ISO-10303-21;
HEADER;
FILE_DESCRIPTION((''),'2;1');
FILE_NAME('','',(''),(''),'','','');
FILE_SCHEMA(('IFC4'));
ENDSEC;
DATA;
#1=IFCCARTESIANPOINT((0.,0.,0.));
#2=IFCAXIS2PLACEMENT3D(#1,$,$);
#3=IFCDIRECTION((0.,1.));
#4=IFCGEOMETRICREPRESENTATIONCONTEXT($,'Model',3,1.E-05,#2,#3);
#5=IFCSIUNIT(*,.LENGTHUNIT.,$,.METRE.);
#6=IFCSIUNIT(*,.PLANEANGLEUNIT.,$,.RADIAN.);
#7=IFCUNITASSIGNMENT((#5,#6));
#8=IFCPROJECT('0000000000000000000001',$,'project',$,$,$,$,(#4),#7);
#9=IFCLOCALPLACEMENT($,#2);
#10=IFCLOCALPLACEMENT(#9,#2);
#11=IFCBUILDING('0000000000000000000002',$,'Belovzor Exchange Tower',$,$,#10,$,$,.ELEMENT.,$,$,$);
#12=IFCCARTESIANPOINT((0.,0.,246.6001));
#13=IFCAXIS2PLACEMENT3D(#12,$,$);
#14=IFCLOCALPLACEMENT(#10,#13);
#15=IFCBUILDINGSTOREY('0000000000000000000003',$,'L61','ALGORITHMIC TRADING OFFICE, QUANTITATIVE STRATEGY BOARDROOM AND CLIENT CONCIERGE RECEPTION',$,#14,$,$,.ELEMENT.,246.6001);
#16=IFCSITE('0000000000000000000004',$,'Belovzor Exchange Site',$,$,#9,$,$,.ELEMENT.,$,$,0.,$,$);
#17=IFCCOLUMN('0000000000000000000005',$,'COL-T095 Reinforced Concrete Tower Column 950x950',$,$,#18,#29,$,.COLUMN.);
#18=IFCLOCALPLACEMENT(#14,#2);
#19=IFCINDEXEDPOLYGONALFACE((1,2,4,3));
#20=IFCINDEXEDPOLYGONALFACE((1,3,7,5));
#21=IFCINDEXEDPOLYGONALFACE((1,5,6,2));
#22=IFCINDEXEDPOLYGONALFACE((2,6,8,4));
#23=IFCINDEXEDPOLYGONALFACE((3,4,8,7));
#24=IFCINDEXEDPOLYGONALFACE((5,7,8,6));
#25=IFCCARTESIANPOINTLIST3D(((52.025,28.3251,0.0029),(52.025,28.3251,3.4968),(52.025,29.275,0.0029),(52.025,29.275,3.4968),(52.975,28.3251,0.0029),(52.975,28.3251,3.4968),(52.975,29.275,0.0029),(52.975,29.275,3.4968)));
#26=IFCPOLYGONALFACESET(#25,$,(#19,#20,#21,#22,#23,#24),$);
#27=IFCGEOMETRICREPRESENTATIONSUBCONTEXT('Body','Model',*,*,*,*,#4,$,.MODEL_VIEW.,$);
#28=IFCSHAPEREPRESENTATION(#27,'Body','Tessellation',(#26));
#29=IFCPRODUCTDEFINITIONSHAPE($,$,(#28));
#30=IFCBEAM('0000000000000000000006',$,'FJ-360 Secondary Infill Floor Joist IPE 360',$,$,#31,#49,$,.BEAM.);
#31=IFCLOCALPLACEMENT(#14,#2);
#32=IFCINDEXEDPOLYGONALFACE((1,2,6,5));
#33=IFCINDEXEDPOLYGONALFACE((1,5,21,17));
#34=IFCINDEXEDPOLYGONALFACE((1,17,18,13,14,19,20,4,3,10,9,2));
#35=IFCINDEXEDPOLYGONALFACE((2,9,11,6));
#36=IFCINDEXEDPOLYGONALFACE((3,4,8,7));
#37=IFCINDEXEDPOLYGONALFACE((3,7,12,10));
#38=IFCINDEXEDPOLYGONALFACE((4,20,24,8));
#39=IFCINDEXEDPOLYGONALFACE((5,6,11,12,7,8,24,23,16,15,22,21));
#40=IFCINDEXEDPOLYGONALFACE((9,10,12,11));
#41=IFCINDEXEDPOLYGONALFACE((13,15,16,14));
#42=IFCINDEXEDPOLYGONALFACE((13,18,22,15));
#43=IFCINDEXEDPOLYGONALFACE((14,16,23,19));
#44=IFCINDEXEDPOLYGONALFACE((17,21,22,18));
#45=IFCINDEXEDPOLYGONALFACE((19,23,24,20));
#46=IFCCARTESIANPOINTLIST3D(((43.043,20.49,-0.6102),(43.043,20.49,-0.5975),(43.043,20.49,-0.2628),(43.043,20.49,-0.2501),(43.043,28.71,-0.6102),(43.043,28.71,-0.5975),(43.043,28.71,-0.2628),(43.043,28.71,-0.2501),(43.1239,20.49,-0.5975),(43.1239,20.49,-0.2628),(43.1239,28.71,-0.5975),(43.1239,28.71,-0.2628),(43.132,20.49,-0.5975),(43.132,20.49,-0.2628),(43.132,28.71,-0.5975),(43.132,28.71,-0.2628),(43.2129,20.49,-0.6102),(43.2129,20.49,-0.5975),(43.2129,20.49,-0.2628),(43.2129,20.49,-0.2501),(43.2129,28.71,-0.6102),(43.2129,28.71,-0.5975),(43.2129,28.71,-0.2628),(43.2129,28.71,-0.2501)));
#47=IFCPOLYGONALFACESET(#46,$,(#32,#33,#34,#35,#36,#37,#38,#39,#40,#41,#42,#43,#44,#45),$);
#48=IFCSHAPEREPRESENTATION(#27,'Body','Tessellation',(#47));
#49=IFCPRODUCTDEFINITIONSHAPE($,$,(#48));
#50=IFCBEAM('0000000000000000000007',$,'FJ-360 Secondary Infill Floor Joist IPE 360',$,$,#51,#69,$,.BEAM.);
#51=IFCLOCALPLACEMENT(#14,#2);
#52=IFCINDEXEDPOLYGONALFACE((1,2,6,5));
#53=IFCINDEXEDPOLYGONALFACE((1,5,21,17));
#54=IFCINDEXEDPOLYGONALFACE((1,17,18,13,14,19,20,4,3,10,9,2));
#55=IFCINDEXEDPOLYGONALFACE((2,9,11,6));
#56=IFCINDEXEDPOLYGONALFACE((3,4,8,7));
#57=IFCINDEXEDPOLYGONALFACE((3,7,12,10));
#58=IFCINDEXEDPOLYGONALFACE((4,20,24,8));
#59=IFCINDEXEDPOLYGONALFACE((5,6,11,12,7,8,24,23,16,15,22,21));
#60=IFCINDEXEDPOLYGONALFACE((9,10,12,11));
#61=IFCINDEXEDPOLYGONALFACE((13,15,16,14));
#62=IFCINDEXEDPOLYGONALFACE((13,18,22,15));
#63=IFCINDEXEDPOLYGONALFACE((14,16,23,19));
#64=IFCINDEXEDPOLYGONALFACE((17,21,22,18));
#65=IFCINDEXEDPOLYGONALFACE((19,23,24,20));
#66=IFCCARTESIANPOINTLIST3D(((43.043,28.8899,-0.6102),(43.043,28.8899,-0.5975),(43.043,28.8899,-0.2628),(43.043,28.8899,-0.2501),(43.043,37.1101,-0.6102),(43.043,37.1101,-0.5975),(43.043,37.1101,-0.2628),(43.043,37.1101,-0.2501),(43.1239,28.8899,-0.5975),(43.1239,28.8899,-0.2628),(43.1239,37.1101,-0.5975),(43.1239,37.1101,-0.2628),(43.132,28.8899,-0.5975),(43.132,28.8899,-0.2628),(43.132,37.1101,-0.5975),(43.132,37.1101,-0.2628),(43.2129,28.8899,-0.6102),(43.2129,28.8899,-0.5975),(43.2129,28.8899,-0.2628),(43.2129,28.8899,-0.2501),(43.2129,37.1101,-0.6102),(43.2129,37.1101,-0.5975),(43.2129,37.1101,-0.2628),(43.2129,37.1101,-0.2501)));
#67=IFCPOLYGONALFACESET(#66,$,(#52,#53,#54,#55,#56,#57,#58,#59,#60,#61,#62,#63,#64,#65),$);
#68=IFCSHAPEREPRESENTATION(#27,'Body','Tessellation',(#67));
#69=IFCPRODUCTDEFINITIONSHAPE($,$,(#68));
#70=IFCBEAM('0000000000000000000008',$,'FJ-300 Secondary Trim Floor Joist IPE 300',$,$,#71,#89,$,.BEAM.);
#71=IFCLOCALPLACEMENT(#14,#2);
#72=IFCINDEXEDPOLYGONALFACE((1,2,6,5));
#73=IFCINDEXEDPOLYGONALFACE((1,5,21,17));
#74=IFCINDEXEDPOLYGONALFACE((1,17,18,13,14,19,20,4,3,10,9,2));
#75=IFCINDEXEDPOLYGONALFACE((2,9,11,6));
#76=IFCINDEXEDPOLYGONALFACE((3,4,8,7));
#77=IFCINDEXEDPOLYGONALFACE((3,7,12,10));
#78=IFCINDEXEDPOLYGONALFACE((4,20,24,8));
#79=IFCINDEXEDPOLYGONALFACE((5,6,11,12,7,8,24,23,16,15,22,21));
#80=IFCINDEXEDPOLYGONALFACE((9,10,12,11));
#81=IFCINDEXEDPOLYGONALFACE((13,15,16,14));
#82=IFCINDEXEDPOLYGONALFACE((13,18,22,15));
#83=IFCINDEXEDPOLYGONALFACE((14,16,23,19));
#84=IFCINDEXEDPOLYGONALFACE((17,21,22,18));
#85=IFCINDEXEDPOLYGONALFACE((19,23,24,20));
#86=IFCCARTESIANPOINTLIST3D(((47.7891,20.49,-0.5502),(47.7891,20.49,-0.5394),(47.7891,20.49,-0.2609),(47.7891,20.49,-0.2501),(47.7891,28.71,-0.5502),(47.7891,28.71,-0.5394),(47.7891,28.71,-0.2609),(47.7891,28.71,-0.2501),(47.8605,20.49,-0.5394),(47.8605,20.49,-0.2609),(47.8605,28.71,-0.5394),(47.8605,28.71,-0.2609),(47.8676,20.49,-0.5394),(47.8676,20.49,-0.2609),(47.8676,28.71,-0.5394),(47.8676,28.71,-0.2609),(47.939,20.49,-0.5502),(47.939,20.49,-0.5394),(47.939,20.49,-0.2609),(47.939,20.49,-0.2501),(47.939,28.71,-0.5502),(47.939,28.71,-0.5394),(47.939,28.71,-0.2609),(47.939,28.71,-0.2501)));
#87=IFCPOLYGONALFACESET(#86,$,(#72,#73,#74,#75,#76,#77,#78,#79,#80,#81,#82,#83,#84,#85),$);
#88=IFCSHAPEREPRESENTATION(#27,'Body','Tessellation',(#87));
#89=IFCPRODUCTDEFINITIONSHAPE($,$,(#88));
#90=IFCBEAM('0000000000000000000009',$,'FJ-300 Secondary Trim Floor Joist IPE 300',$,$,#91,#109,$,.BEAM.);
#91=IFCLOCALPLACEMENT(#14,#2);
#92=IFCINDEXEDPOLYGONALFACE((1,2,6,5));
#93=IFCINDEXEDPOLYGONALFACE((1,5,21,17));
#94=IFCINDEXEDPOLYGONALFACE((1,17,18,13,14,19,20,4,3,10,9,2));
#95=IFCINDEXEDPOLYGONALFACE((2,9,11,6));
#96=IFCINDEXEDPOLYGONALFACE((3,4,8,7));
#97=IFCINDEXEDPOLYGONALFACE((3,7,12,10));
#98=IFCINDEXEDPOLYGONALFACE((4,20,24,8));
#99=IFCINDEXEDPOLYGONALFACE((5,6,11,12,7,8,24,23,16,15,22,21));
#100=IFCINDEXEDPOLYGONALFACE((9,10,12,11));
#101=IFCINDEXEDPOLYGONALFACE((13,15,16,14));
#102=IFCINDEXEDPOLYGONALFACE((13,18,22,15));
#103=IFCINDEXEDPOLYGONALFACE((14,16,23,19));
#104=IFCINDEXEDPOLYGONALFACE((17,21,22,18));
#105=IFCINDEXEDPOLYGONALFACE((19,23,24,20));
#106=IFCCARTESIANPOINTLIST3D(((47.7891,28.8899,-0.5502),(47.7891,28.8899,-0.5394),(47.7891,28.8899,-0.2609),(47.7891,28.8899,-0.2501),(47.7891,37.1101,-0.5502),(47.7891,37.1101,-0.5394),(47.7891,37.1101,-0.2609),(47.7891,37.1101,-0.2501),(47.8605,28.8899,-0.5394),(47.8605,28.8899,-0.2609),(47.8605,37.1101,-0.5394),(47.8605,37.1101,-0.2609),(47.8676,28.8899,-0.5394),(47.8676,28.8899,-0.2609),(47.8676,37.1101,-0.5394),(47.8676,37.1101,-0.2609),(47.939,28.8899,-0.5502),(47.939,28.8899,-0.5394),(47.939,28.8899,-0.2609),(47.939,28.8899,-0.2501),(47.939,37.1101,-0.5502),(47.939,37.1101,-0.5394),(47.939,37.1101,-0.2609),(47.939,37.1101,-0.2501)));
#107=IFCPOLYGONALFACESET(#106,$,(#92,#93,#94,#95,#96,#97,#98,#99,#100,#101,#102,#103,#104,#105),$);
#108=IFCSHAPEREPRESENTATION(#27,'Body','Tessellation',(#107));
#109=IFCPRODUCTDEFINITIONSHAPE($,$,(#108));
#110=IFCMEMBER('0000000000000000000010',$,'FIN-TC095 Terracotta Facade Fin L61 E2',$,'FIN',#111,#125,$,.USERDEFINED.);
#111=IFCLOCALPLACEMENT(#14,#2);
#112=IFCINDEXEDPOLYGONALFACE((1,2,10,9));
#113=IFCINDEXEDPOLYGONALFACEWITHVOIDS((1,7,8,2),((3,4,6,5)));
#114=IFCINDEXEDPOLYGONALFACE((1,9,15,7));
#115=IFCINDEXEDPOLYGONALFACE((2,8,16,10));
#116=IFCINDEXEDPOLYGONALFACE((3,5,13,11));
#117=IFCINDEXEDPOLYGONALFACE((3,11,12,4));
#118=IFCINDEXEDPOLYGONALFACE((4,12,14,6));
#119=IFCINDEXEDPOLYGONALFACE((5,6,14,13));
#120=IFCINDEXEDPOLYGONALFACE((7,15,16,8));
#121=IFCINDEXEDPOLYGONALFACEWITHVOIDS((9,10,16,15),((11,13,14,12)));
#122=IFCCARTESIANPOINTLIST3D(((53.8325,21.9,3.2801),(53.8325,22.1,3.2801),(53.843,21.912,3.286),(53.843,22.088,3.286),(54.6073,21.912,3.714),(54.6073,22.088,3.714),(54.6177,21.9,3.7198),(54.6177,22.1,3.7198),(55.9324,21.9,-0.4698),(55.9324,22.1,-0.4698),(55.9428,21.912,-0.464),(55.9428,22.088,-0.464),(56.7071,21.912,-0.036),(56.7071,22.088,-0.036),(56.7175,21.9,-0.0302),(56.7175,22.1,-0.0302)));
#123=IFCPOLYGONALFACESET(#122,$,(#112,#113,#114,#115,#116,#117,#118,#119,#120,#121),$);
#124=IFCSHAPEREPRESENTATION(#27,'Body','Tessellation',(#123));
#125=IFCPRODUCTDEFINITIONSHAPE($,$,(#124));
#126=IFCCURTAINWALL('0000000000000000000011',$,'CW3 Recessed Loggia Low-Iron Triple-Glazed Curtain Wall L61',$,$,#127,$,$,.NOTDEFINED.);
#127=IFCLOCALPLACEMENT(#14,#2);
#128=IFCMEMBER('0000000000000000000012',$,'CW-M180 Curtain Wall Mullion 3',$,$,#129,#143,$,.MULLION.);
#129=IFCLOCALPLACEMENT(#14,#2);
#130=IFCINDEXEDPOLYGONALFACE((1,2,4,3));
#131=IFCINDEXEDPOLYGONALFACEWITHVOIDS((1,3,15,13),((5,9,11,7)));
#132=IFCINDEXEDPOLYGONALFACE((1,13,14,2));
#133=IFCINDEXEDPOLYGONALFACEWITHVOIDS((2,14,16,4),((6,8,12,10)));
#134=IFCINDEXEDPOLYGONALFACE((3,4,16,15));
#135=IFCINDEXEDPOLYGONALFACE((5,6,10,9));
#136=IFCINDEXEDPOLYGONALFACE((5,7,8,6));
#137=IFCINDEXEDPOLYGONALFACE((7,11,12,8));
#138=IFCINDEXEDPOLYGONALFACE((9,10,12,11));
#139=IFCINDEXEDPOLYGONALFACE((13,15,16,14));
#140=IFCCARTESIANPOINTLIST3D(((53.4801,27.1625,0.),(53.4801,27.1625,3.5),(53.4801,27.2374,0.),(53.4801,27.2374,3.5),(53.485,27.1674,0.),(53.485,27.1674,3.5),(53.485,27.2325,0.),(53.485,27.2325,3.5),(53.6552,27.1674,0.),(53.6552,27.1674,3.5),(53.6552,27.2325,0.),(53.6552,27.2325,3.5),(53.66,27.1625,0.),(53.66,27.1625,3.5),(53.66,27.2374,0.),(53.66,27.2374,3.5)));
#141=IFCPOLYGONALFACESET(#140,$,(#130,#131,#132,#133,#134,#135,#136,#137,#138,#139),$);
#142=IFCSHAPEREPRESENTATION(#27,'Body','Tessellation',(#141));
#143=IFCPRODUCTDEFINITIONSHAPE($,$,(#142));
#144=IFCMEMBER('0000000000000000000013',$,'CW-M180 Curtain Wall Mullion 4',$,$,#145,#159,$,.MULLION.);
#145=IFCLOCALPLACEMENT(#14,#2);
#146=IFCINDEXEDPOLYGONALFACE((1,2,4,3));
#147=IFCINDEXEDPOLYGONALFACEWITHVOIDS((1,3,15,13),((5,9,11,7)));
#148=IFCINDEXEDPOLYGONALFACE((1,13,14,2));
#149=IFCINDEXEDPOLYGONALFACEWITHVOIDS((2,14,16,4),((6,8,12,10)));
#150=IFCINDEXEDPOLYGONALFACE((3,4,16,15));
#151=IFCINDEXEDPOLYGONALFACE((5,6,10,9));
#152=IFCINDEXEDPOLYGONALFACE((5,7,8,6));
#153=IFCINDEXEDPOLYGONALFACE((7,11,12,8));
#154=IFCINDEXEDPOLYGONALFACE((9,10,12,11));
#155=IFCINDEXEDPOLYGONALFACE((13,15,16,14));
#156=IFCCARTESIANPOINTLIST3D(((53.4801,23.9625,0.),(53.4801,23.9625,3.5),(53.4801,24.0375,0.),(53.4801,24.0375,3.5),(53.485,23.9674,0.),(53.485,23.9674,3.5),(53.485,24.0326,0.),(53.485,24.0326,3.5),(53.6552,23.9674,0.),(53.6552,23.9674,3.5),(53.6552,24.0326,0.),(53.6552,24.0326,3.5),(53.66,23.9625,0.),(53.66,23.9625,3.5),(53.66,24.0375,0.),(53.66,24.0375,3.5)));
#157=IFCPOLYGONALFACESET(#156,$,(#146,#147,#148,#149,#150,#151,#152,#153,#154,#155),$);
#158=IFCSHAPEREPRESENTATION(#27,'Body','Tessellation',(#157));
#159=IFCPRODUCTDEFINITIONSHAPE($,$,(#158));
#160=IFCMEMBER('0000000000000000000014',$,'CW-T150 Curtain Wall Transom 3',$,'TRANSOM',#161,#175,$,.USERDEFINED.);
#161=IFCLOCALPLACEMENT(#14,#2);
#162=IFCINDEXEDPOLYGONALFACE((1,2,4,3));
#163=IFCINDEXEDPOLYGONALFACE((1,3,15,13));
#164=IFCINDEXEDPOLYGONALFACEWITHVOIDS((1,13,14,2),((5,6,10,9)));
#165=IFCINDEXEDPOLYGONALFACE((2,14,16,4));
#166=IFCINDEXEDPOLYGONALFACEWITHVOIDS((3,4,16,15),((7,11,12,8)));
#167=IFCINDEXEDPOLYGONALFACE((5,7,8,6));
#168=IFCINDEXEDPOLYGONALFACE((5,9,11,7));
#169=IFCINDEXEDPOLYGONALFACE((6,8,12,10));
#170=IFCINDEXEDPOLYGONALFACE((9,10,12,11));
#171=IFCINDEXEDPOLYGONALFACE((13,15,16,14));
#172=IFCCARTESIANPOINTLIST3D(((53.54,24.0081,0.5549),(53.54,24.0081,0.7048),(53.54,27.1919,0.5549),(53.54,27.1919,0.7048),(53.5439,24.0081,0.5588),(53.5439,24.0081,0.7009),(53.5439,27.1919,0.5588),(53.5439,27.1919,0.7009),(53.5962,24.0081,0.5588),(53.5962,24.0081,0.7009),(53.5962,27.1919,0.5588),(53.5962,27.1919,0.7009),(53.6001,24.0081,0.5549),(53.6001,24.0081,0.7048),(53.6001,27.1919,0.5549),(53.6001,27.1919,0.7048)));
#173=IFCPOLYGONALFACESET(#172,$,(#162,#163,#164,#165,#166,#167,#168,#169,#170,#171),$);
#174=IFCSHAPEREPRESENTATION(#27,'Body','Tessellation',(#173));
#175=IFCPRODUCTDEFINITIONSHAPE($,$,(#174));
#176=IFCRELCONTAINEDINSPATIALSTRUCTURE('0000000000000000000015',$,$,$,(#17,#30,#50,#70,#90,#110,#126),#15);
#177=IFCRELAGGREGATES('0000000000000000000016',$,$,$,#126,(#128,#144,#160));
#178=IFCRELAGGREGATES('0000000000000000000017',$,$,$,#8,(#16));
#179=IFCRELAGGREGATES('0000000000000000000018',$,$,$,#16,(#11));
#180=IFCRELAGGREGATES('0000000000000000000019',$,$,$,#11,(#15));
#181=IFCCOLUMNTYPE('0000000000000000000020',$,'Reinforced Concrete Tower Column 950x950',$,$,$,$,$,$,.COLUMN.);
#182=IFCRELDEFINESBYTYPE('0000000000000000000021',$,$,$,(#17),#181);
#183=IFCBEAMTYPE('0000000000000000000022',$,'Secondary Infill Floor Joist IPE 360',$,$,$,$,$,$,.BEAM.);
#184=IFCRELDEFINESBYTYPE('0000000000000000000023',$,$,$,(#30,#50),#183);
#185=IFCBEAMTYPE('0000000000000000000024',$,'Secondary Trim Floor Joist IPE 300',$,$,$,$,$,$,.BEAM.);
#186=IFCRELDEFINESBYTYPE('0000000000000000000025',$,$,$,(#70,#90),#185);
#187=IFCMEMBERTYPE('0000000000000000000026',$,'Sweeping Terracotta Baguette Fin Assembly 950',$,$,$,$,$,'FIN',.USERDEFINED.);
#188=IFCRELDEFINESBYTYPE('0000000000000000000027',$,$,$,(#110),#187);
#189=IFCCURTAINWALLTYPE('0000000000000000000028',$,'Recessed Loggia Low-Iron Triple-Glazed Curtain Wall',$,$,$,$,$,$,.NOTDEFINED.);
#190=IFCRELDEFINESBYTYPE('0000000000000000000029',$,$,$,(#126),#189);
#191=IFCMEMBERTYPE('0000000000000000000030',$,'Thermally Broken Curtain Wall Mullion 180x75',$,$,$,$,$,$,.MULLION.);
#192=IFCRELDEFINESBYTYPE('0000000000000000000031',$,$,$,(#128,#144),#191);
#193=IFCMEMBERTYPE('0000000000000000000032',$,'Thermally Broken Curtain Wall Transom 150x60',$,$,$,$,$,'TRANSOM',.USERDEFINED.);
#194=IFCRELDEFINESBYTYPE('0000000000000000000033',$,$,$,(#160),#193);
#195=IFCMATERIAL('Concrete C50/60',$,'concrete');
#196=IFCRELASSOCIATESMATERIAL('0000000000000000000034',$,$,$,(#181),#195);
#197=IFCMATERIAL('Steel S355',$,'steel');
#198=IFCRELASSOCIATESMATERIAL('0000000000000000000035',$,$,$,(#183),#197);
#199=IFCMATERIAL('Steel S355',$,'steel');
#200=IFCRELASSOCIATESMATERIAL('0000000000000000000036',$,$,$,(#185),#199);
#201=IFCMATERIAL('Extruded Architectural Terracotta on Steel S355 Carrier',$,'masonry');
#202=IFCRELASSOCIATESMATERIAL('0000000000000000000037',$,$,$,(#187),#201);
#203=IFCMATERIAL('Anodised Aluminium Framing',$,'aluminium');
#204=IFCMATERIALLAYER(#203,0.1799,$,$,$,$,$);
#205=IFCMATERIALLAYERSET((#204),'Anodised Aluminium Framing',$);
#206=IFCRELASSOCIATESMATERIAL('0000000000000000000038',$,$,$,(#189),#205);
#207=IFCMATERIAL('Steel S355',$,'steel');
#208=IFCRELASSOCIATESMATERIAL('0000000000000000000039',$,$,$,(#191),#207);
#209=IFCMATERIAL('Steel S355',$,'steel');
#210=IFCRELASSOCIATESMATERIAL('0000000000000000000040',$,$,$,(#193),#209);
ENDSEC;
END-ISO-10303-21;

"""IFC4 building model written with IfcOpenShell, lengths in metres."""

from ifc_helpers import new_model, si_unit, direction, frame, origin, origin_2d, place, context, subcontext, project, spatial, rectangle, hollow_rectangle, i_section, extrude, material, layer, layer_set, material_profile, profile_set, type_object, element, aggregate, save


model = new_model("IFC4")

# Units and contexts
model_context = context("Model", 3, precision=1e-05, world=origin(), true_north=direction((0.0, 1.0)))
body_context = subcontext(model_context, "Body", "Model", "MODEL_VIEW")
ifc_project = project(units=[si_unit("LENGTHUNIT", "METRE"), si_unit("PLANEANGLEUNIT", "RADIAN")], contexts=[model_context])

# Site, building, storey
site_placement = place(None, origin())
site = spatial("IfcSite", under=ifc_project, at=site_placement, Name="Belovzor Exchange Site", CompositionType="ELEMENT", RefElevation=0.0)
building_placement = place(site_placement, origin())
building = spatial("IfcBuilding", under=site, at=building_placement, Name="Belovzor Exchange Tower", CompositionType="ELEMENT")
storey_placement = place(building_placement, frame((0.0, 0.0, 246.6001)))
storey = spatial("IfcBuildingStorey", under=building, at=storey_placement, Name="L61", Description="ALGORITHMIC TRADING OFFICE, QUANTITATIVE STRATEGY BOARDROOM AND CLIENT CONCIERGE RECEPTION", CompositionType="ELEMENT", Elevation=246.6001)

# Column
ifc_material_1 = material(Name="Concrete C50/60", Category="concrete")
ifc_material_profile_1 = material_profile(ifc_material_1, rectangle(XDim=0.95, YDim=0.95, at=origin_2d()))
ifc_profile_set_1 = profile_set([ifc_material_profile_1], Name="Concrete C50/60")
column_type = type_object("IfcColumnType", Name="Reinforced Concrete Tower Column 950x950", PredefinedType="COLUMN", material=ifc_profile_set_1)
column_placement = place(storey_placement, frame((52.5, 28.8, 0.0029), z_axis=(0.0, 0.0, 1.0), x_axis=(1.0, 0.0, 0.0)))
element("IfcColumn", 1, at=column_placement, inside=storey, type_object=column_type, Name="COL-T095 Reinforced Concrete Tower Column 950x950", PredefinedType="COLUMN", context=body_context, shape_type="SweptSolid", body=[
    extrude(rectangle(XDim=0.95, YDim=0.95, at=origin_2d()), origin(), (0.0, 0.0, 1.0), 3.4939),
])

# Beams
ifc_material_2 = material(Name="Steel S355", Category="steel")
ifc_material_profile_2 = material_profile(ifc_material_2, i_section(OverallWidth=0.1699, OverallDepth=0.3601, WebThickness=0.0081, FlangeThickness=0.0127, at=origin_2d()))
ifc_profile_set_2 = profile_set([ifc_material_profile_2], Name="Steel S355")
beam_type_1 = type_object("IfcBeamType", Name="Secondary Infill Floor Joist IPE 360", PredefinedType="BEAM", material=ifc_profile_set_2)
beam_1_placement = place(storey_placement, frame((43.1279, 20.49, -0.4302), z_axis=(0.0, 1.0, 0.0), x_axis=(-1.0, 0.0, 0.0)))
element("IfcBeam", 2, at=beam_1_placement, inside=storey, type_object=beam_type_1, Name="FJ-360 Secondary Infill Floor Joist IPE 360", PredefinedType="BEAM", context=body_context, shape_type="SweptSolid", body=[
    extrude(i_section(OverallWidth=0.1699, OverallDepth=0.3601, WebThickness=0.0081, FlangeThickness=0.0127, at=origin_2d()), origin(), (0.0, 0.0, 1.0), 8.22),
])
beam_2_placement = place(storey_placement, frame((43.1279, 28.8899, -0.4302), z_axis=(0.0, 1.0, 0.0), x_axis=(-1.0, 0.0, 0.0)))
element("IfcBeam", 3, at=beam_2_placement, inside=storey, type_object=beam_type_1, Name="FJ-360 Secondary Infill Floor Joist IPE 360", PredefinedType="BEAM", context=body_context, shape_type="SweptSolid", body=[
    extrude(i_section(OverallWidth=0.1699, OverallDepth=0.3601, WebThickness=0.0081, FlangeThickness=0.0127, at=origin_2d()), origin(), (0.0, 0.0, 1.0), 8.2202),
])
ifc_material_3 = material(Name="Steel S355", Category="steel")
ifc_material_profile_3 = material_profile(ifc_material_3, i_section(OverallWidth=0.1499, OverallDepth=0.3, WebThickness=0.0071, FlangeThickness=0.0107, at=origin_2d()))
ifc_profile_set_3 = profile_set([ifc_material_profile_3], Name="Steel S355")
beam_type_2 = type_object("IfcBeamType", Name="Secondary Trim Floor Joist IPE 300", PredefinedType="BEAM", material=ifc_profile_set_3)
beam_3_placement = place(storey_placement, frame((47.864, 20.49, -0.4001), z_axis=(0.0, 1.0, 0.0), x_axis=(-1.0, 0.0, 0.0)))
element("IfcBeam", 4, at=beam_3_placement, inside=storey, type_object=beam_type_2, Name="FJ-300 Secondary Trim Floor Joist IPE 300", PredefinedType="BEAM", context=body_context, shape_type="SweptSolid", body=[
    extrude(i_section(OverallWidth=0.1499, OverallDepth=0.3, WebThickness=0.0071, FlangeThickness=0.0107, at=origin_2d()), origin(), (0.0, 0.0, 1.0), 8.22),
])
beam_4_placement = place(storey_placement, frame((47.864, 28.8899, -0.4001), z_axis=(0.0, 1.0, 0.0), x_axis=(-1.0, 0.0, 0.0)))
element("IfcBeam", 5, at=beam_4_placement, inside=storey, type_object=beam_type_2, Name="FJ-300 Secondary Trim Floor Joist IPE 300", PredefinedType="BEAM", context=body_context, shape_type="SweptSolid", body=[
    extrude(i_section(OverallWidth=0.1499, OverallDepth=0.3, WebThickness=0.0071, FlangeThickness=0.0107, at=origin_2d()), origin(), (0.0, 0.0, 1.0), 8.2202),
])

# Member
ifc_material_4 = material(Name="Extruded Architectural Terracotta on Steel S355 Carrier", Category="masonry")
ifc_material_profile_4 = material_profile(ifc_material_4, hollow_rectangle(XDim=0.2, YDim=0.8999, WallThickness=0.012, at=origin_2d()))
ifc_profile_set_4 = profile_set([ifc_material_profile_4], Name="Extruded Architectural Terracotta on Steel S355 Carrier")
member_type_1 = type_object("IfcMemberType", Name="Sweeping Terracotta Baguette Fin Assembly 950", ElementType="FIN", PredefinedType="USERDEFINED", material=ifc_profile_set_4)
member_1_placement = place(storey_placement, frame((56.325, 22.0, -0.25), z_axis=(-0.488577, 0.0, 0.872521), x_axis=(0.0, -1.0, 0.0)))
element("IfcMember", 6, at=member_1_placement, inside=storey, type_object=member_type_1, Name="FIN-TC095 Terracotta Facade Fin L61 E2", ObjectType="FIN", PredefinedType="USERDEFINED", context=body_context, shape_type="SweptSolid", body=[
    extrude(hollow_rectangle(XDim=0.2, YDim=0.8999, WallThickness=0.012, at=origin_2d()), origin(), (0.0, 0.0, 1.0), 4.2979),
])

# Curtain wall, members
ifc_material_5 = material(Name="Anodised Aluminium Framing", Category="aluminium")
ifc_layer_1 = layer(ifc_material_5, 0.1799)
ifc_layer_set_1 = layer_set([ifc_layer_1], Name="Anodised Aluminium Framing")
curtain_wall_type = type_object("IfcCurtainWallType", Name="Recessed Loggia Low-Iron Triple-Glazed Curtain Wall", PredefinedType="NOTDEFINED", material=ifc_layer_set_1)
curtain_wall_placement = place(storey_placement, origin())
curtain_wall = element("IfcCurtainWall", 7, at=curtain_wall_placement, inside=storey, type_object=curtain_wall_type, Name="CW3 Recessed Loggia Low-Iron Triple-Glazed Curtain Wall L61", PredefinedType="NOTDEFINED")
ifc_material_6 = material(Name="Steel S355", Category="steel")
ifc_material_profile_5 = material_profile(ifc_material_6, hollow_rectangle(XDim=0.075, YDim=0.1799, WallThickness=0.0049, at=origin_2d()))
ifc_profile_set_5 = profile_set([ifc_material_profile_5], Name="Steel S355")
member_type_2 = type_object("IfcMemberType", Name="Thermally Broken Curtain Wall Mullion 180x75", PredefinedType="MULLION", material=ifc_profile_set_5)
member_2_placement = place(storey_placement, frame((53.5701, 27.2, 0.0), z_axis=(0.0, 0.0, 1.0), x_axis=(0.0, -1.0, 0.0)))
member_2 = element("IfcMember", 8, at=member_2_placement, type_object=member_type_2, Name="CW-M180 Curtain Wall Mullion 3", PredefinedType="MULLION", context=body_context, shape_type="SweptSolid", body=[
    extrude(hollow_rectangle(XDim=0.075, YDim=0.1799, WallThickness=0.0049, at=origin_2d()), origin(), (0.0, 0.0, 1.0), 3.5),
])
member_3_placement = place(storey_placement, frame((53.5701, 24.0, 0.0), z_axis=(0.0, 0.0, 1.0), x_axis=(0.0, -1.0, 0.0)))
member_3 = element("IfcMember", 9, at=member_3_placement, type_object=member_type_2, Name="CW-M180 Curtain Wall Mullion 4", PredefinedType="MULLION", context=body_context, shape_type="SweptSolid", body=[
    extrude(hollow_rectangle(XDim=0.075, YDim=0.1799, WallThickness=0.0049, at=origin_2d()), origin(), (0.0, 0.0, 1.0), 3.5),
])
ifc_material_7 = material(Name="Steel S355", Category="steel")
ifc_material_profile_6 = material_profile(ifc_material_7, hollow_rectangle(XDim=0.0601, YDim=0.1499, WallThickness=0.0039, at=origin_2d()))
ifc_profile_set_6 = profile_set([ifc_material_profile_6], Name="Steel S355")
member_type_3 = type_object("IfcMemberType", Name="Thermally Broken Curtain Wall Transom 150x60", ElementType="TRANSOM", PredefinedType="USERDEFINED", material=ifc_profile_set_6)
member_4_placement = place(storey_placement, frame((53.5701, 27.1919, 0.6299), z_axis=(0.0, -1.0, 0.0), x_axis=(1.0, 0.0, 0.0)))
member_4 = element("IfcMember", 10, at=member_4_placement, type_object=member_type_3, Name="CW-T150 Curtain Wall Transom 3", ObjectType="TRANSOM", PredefinedType="USERDEFINED", context=body_context, shape_type="SweptSolid", body=[
    extrude(hollow_rectangle(XDim=0.0601, YDim=0.1499, WallThickness=0.0039, at=origin_2d()), origin(), (0.0, 0.0, 1.0), 3.1838),
])

aggregate(curtain_wall, [member_2, member_3, member_4])

save(model, "model.ifc")
